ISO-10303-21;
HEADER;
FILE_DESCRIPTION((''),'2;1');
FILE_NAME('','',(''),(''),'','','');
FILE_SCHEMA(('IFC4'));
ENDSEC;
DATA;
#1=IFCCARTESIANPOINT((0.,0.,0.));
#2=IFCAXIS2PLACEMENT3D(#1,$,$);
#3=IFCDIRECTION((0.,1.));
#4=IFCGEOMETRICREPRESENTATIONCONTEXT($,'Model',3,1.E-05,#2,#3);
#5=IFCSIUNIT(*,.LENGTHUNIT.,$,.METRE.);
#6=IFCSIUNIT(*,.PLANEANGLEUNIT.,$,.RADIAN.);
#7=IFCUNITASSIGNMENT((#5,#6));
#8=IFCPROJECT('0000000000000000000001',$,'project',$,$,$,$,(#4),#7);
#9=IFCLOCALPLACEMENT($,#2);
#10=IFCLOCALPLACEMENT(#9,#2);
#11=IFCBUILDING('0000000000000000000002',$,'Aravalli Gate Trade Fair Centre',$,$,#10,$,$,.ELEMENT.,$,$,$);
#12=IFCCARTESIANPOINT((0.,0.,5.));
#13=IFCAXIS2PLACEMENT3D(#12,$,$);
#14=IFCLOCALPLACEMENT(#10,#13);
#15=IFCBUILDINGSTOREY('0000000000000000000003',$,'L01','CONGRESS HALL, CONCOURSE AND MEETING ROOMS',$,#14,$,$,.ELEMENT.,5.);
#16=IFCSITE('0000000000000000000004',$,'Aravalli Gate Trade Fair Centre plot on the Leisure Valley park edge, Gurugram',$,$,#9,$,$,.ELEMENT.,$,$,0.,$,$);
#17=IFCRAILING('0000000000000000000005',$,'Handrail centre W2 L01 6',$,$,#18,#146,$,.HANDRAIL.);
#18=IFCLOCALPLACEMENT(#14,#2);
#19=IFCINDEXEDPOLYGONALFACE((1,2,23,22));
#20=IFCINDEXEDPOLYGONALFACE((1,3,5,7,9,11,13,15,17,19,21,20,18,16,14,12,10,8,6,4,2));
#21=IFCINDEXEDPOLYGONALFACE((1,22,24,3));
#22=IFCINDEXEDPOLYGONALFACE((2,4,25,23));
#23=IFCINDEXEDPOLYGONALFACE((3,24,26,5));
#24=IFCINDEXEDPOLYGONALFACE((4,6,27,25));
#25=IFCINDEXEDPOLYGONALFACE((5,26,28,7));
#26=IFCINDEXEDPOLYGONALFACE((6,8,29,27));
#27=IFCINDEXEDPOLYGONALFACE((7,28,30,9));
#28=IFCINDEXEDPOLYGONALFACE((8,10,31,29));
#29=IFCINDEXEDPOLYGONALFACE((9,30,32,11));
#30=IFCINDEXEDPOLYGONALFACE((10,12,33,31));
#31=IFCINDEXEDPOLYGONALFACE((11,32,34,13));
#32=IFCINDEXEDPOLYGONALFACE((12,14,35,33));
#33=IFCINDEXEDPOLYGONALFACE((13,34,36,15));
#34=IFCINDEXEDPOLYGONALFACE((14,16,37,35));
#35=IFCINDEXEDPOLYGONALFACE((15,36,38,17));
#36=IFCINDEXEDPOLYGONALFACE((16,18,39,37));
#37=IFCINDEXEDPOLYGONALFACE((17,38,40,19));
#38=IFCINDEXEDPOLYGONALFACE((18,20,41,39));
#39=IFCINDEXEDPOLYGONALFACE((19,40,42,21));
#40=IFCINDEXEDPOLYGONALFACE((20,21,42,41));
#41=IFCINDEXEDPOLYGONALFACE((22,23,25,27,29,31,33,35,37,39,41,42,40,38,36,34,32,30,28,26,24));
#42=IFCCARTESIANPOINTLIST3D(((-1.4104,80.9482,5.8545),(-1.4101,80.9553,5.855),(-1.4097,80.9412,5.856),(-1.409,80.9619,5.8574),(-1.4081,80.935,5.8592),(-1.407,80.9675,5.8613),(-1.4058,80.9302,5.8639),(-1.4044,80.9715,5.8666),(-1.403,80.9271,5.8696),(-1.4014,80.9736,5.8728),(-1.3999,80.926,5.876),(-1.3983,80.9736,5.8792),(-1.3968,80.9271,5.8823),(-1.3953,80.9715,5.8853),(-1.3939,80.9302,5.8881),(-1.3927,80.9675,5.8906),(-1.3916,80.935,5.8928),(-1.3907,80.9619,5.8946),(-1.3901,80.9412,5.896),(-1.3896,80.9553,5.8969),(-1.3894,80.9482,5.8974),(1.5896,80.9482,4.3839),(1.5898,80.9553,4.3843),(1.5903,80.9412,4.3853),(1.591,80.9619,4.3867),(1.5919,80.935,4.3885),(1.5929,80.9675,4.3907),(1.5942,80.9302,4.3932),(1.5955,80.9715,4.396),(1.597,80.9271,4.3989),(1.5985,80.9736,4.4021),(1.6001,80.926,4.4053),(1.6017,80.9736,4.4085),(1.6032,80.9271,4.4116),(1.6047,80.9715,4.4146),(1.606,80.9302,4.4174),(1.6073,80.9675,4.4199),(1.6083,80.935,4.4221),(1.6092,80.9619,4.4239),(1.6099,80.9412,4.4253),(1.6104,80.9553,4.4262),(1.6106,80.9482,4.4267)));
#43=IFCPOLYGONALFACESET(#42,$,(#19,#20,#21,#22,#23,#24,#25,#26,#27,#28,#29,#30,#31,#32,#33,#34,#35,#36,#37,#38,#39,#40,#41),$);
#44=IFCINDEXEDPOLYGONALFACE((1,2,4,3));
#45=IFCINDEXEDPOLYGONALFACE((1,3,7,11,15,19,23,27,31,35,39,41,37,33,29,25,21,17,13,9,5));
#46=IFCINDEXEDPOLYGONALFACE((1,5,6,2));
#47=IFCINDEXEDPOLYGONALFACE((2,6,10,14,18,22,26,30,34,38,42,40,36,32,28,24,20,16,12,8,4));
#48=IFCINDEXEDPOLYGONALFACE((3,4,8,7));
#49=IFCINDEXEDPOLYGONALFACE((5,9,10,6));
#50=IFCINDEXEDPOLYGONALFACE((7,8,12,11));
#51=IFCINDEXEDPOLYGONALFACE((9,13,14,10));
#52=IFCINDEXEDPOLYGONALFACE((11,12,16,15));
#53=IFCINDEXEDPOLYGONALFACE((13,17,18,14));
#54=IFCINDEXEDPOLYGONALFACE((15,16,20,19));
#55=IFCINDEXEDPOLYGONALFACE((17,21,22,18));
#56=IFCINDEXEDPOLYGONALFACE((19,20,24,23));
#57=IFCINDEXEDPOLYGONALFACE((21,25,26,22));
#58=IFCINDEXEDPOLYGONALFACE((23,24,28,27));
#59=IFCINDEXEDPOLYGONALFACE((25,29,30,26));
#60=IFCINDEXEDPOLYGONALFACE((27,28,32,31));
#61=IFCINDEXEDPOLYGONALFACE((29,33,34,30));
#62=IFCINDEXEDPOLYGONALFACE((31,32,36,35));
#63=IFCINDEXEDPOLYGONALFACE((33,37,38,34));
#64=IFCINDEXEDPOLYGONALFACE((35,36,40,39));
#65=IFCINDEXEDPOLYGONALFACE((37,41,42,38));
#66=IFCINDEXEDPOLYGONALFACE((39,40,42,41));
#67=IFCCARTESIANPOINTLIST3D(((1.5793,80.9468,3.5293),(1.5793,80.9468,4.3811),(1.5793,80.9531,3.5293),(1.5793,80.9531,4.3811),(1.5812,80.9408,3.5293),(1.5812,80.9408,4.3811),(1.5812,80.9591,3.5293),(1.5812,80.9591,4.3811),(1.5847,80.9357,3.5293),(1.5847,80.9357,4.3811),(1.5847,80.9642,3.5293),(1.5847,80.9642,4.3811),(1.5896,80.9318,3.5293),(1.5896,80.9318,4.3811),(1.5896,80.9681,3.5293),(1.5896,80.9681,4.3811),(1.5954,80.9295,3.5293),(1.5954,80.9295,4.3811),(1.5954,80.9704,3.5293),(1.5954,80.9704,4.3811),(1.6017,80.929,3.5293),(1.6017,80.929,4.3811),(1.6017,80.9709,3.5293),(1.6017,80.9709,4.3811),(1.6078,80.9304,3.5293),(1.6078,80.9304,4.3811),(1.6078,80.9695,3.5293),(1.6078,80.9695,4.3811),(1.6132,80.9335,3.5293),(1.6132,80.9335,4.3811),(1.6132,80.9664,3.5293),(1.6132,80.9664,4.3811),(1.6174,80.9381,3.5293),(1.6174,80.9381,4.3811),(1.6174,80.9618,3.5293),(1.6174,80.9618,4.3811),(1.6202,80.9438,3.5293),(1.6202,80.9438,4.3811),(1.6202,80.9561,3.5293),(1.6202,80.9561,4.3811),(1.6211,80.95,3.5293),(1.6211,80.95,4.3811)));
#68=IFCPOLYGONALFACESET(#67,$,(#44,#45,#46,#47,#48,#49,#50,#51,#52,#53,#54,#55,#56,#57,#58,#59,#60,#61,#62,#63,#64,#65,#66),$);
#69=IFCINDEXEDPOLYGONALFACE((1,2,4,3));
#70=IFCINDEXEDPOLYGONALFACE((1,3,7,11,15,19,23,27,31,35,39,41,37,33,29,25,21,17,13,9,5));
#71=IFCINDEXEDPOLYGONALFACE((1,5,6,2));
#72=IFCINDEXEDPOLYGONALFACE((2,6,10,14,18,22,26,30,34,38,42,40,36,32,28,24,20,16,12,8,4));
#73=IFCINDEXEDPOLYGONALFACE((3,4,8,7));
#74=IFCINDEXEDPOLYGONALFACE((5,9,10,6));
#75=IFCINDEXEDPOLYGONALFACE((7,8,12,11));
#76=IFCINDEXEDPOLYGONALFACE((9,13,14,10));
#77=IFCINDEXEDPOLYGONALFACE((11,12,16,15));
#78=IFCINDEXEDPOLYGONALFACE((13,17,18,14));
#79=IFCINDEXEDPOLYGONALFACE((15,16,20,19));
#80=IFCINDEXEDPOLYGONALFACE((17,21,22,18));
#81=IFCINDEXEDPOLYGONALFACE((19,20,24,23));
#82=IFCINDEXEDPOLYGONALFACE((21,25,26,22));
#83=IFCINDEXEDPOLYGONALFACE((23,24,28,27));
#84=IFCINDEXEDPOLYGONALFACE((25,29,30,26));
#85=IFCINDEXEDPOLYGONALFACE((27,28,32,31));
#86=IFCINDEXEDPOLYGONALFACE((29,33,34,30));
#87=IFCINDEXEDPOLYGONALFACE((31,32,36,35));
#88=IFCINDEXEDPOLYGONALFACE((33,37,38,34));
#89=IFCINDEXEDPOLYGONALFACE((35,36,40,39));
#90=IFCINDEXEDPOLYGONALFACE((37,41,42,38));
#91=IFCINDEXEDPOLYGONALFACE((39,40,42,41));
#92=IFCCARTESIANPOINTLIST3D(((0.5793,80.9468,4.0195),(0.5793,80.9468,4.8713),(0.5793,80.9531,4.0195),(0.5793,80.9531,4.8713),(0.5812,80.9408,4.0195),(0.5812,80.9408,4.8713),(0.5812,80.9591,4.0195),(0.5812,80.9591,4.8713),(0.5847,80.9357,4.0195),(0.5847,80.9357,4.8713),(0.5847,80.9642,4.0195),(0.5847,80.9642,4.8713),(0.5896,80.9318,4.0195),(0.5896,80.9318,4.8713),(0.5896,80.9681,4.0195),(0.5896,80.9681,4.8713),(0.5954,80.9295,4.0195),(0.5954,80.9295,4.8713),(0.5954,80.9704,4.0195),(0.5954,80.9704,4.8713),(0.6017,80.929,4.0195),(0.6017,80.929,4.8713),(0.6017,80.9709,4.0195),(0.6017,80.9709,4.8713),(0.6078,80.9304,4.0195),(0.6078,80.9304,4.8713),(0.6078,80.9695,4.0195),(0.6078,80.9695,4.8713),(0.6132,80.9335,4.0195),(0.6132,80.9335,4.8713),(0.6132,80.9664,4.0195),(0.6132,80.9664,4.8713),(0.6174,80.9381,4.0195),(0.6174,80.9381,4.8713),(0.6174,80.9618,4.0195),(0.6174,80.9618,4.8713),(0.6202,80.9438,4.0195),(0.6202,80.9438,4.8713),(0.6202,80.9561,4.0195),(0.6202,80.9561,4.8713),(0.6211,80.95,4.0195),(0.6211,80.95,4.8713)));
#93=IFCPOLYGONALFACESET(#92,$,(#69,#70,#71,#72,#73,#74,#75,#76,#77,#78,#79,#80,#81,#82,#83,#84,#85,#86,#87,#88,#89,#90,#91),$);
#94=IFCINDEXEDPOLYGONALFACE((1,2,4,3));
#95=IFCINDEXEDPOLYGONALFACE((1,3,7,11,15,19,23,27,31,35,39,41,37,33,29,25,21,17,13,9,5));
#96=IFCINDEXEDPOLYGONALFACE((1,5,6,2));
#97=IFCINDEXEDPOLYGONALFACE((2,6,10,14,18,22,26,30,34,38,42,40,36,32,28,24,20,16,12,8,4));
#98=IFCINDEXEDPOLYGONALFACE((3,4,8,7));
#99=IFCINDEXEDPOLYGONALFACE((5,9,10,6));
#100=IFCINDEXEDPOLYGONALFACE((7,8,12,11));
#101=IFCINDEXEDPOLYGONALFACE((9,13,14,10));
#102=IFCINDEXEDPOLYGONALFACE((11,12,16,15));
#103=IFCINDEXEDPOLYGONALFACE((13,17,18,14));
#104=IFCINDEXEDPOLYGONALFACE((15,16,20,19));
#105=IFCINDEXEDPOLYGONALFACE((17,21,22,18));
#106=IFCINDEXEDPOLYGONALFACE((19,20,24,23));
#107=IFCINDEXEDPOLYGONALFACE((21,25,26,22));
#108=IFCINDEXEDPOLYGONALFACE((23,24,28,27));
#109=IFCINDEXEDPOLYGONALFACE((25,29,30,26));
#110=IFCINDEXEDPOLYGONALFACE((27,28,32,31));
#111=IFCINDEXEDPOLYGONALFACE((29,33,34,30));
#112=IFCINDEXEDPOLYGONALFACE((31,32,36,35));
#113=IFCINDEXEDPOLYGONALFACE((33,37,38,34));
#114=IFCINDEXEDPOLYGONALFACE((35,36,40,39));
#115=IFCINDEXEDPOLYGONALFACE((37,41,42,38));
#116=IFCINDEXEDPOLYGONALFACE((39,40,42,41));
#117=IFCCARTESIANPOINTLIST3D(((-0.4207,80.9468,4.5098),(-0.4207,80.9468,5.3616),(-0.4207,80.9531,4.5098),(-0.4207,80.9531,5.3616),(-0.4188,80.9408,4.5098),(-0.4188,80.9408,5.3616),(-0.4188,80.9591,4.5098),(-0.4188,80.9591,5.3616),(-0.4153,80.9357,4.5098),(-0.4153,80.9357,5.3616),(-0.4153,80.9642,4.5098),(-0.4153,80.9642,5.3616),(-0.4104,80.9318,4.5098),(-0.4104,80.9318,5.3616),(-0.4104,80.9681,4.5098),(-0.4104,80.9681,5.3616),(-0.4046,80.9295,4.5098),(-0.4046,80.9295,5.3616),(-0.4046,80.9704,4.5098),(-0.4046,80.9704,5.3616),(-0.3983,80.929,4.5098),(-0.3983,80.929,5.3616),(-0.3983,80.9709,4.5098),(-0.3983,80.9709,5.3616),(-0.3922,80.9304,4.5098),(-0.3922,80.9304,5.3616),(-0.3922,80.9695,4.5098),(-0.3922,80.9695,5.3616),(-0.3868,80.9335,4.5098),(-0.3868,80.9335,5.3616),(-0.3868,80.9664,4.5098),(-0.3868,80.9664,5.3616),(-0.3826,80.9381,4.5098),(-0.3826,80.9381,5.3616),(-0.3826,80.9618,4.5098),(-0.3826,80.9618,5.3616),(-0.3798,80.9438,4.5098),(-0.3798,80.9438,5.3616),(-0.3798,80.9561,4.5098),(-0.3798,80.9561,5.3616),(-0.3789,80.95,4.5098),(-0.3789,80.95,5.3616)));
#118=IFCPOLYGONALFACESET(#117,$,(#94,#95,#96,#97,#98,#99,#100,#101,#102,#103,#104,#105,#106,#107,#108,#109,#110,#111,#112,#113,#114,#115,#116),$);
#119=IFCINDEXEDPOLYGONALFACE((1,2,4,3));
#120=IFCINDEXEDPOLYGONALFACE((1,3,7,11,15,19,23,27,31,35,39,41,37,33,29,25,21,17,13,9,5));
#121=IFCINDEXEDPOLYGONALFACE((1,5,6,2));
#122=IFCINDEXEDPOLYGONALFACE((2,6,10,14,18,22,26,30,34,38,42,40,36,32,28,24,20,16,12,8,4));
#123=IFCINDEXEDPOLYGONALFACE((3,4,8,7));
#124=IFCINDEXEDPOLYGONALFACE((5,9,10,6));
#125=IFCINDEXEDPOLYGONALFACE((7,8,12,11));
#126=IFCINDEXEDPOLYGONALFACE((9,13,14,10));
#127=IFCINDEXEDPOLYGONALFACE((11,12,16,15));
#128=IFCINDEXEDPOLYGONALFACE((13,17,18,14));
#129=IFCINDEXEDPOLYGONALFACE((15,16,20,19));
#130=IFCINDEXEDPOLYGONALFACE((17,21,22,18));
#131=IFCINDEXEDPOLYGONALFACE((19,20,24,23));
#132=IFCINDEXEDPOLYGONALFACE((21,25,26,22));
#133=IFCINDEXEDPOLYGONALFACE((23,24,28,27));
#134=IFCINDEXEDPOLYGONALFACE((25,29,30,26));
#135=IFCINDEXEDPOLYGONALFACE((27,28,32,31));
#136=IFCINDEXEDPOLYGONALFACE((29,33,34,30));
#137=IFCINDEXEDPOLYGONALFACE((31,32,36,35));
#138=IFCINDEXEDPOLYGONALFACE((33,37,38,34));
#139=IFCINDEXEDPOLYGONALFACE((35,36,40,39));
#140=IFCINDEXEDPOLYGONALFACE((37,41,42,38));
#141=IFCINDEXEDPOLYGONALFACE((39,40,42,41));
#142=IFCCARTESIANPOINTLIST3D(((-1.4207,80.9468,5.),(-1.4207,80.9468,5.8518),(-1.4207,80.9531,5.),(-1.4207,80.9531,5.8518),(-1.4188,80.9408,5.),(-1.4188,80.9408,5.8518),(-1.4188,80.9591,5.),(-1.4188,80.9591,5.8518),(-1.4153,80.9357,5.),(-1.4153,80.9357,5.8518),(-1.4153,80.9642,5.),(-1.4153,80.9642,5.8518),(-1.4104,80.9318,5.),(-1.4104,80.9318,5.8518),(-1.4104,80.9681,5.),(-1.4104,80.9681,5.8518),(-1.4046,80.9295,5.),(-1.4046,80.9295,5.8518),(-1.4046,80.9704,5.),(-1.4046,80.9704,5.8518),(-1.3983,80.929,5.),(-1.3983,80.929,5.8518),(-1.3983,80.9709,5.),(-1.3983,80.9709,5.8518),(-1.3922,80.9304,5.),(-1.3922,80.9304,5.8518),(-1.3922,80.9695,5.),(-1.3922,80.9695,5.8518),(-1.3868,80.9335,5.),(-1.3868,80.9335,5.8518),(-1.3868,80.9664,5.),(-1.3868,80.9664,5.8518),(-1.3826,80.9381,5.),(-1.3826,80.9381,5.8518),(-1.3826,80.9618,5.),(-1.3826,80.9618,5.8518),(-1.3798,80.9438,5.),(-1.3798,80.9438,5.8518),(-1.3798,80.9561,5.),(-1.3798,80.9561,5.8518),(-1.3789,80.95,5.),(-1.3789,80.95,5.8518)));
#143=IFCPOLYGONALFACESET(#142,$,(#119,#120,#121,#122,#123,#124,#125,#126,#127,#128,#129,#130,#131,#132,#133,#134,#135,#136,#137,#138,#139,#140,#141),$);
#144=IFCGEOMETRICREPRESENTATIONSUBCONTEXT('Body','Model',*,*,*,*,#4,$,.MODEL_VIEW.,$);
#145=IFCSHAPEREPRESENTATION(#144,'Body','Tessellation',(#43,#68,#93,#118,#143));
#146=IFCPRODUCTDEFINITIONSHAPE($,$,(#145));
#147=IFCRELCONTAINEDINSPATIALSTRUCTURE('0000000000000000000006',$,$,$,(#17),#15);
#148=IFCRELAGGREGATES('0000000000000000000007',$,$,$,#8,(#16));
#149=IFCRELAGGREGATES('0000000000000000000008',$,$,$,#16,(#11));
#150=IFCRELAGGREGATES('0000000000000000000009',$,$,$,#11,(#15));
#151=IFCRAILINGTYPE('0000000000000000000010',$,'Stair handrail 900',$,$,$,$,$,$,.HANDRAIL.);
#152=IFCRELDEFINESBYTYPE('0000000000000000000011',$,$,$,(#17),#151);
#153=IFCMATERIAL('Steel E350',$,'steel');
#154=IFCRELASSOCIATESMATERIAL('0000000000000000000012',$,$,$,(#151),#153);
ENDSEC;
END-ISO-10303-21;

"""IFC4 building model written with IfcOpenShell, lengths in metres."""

from ifc_helpers import new_model, si_unit, direction, frame, origin, origin_2d, place, context, subcontext, project, spatial, circle, extrude, material, type_object, element, save


model = new_model("IFC4")

# Units and contexts
model_context = context("Model", 3, precision=1e-05, world=origin(), true_north=direction((0.0, 1.0)))
body_context = subcontext(model_context, "Body", "Model", "MODEL_VIEW")
ifc_project = project(units=[si_unit("LENGTHUNIT", "METRE"), si_unit("PLANEANGLEUNIT", "RADIAN")], contexts=[model_context])

# Site, building, storey
site_placement = place(None, origin())
site = spatial("IfcSite", under=ifc_project, at=site_placement, Name="Aravalli Gate Trade Fair Centre plot on the Leisure Valley park edge, Gurugram", CompositionType="ELEMENT", RefElevation=0.0)
building_placement = place(site_placement, origin())
building = spatial("IfcBuilding", under=site, at=building_placement, Name="Aravalli Gate Trade Fair Centre", CompositionType="ELEMENT")
storey_placement = place(building_placement, frame((0.0, 0.0, 5.0)))
storey = spatial("IfcBuildingStorey", under=building, at=storey_placement, Name="L01", Description="CONGRESS HALL, CONCOURSE AND MEETING ROOMS", CompositionType="ELEMENT", Elevation=5.0)

# Railing
ifc_material_1 = material(Name="Steel E350", Category="steel")
railing_type = type_object("IfcRailingType", Name="Stair handrail 900", PredefinedType="HANDRAIL", material=ifc_material_1)
railing_1_placement = place(storey_placement, frame((1.6001, 80.95, 3.5293)))
element("IfcRailing", 1, at=railing_1_placement, inside=storey, type_object=railing_type, Name="Handrail centre W2 L01 6", PredefinedType="HANDRAIL", context=body_context, shape_type="SweptSolid", body=[
    extrude(circle(Radius=0.0239, at=origin_2d()), frame((0.0, 0.0, 0.876), z_axis=(-0.897907, 0.0, 0.440185), x_axis=(0.0, -1.0, 0.0)), (0.0, 0.0, 1.0), 3.3411),
    extrude(circle(Radius=0.021, at=origin_2d()), origin(), (0.0, 0.0, 1.0), 0.8518),
    extrude(circle(Radius=0.021, at=origin_2d()), frame((-1.0, 0.0, 0.4902)), (0.0, 0.0, 1.0), 0.8518),
    extrude(circle(Radius=0.021, at=origin_2d()), frame((-2.0, 0.0, 0.9805)), (0.0, 0.0, 1.0), 0.8518),
    extrude(circle(Radius=0.021, at=origin_2d()), frame((-3.0, 0.0, 1.4707)), (0.0, 0.0, 1.0), 0.8518),
])

save(model, "model.ifc")
